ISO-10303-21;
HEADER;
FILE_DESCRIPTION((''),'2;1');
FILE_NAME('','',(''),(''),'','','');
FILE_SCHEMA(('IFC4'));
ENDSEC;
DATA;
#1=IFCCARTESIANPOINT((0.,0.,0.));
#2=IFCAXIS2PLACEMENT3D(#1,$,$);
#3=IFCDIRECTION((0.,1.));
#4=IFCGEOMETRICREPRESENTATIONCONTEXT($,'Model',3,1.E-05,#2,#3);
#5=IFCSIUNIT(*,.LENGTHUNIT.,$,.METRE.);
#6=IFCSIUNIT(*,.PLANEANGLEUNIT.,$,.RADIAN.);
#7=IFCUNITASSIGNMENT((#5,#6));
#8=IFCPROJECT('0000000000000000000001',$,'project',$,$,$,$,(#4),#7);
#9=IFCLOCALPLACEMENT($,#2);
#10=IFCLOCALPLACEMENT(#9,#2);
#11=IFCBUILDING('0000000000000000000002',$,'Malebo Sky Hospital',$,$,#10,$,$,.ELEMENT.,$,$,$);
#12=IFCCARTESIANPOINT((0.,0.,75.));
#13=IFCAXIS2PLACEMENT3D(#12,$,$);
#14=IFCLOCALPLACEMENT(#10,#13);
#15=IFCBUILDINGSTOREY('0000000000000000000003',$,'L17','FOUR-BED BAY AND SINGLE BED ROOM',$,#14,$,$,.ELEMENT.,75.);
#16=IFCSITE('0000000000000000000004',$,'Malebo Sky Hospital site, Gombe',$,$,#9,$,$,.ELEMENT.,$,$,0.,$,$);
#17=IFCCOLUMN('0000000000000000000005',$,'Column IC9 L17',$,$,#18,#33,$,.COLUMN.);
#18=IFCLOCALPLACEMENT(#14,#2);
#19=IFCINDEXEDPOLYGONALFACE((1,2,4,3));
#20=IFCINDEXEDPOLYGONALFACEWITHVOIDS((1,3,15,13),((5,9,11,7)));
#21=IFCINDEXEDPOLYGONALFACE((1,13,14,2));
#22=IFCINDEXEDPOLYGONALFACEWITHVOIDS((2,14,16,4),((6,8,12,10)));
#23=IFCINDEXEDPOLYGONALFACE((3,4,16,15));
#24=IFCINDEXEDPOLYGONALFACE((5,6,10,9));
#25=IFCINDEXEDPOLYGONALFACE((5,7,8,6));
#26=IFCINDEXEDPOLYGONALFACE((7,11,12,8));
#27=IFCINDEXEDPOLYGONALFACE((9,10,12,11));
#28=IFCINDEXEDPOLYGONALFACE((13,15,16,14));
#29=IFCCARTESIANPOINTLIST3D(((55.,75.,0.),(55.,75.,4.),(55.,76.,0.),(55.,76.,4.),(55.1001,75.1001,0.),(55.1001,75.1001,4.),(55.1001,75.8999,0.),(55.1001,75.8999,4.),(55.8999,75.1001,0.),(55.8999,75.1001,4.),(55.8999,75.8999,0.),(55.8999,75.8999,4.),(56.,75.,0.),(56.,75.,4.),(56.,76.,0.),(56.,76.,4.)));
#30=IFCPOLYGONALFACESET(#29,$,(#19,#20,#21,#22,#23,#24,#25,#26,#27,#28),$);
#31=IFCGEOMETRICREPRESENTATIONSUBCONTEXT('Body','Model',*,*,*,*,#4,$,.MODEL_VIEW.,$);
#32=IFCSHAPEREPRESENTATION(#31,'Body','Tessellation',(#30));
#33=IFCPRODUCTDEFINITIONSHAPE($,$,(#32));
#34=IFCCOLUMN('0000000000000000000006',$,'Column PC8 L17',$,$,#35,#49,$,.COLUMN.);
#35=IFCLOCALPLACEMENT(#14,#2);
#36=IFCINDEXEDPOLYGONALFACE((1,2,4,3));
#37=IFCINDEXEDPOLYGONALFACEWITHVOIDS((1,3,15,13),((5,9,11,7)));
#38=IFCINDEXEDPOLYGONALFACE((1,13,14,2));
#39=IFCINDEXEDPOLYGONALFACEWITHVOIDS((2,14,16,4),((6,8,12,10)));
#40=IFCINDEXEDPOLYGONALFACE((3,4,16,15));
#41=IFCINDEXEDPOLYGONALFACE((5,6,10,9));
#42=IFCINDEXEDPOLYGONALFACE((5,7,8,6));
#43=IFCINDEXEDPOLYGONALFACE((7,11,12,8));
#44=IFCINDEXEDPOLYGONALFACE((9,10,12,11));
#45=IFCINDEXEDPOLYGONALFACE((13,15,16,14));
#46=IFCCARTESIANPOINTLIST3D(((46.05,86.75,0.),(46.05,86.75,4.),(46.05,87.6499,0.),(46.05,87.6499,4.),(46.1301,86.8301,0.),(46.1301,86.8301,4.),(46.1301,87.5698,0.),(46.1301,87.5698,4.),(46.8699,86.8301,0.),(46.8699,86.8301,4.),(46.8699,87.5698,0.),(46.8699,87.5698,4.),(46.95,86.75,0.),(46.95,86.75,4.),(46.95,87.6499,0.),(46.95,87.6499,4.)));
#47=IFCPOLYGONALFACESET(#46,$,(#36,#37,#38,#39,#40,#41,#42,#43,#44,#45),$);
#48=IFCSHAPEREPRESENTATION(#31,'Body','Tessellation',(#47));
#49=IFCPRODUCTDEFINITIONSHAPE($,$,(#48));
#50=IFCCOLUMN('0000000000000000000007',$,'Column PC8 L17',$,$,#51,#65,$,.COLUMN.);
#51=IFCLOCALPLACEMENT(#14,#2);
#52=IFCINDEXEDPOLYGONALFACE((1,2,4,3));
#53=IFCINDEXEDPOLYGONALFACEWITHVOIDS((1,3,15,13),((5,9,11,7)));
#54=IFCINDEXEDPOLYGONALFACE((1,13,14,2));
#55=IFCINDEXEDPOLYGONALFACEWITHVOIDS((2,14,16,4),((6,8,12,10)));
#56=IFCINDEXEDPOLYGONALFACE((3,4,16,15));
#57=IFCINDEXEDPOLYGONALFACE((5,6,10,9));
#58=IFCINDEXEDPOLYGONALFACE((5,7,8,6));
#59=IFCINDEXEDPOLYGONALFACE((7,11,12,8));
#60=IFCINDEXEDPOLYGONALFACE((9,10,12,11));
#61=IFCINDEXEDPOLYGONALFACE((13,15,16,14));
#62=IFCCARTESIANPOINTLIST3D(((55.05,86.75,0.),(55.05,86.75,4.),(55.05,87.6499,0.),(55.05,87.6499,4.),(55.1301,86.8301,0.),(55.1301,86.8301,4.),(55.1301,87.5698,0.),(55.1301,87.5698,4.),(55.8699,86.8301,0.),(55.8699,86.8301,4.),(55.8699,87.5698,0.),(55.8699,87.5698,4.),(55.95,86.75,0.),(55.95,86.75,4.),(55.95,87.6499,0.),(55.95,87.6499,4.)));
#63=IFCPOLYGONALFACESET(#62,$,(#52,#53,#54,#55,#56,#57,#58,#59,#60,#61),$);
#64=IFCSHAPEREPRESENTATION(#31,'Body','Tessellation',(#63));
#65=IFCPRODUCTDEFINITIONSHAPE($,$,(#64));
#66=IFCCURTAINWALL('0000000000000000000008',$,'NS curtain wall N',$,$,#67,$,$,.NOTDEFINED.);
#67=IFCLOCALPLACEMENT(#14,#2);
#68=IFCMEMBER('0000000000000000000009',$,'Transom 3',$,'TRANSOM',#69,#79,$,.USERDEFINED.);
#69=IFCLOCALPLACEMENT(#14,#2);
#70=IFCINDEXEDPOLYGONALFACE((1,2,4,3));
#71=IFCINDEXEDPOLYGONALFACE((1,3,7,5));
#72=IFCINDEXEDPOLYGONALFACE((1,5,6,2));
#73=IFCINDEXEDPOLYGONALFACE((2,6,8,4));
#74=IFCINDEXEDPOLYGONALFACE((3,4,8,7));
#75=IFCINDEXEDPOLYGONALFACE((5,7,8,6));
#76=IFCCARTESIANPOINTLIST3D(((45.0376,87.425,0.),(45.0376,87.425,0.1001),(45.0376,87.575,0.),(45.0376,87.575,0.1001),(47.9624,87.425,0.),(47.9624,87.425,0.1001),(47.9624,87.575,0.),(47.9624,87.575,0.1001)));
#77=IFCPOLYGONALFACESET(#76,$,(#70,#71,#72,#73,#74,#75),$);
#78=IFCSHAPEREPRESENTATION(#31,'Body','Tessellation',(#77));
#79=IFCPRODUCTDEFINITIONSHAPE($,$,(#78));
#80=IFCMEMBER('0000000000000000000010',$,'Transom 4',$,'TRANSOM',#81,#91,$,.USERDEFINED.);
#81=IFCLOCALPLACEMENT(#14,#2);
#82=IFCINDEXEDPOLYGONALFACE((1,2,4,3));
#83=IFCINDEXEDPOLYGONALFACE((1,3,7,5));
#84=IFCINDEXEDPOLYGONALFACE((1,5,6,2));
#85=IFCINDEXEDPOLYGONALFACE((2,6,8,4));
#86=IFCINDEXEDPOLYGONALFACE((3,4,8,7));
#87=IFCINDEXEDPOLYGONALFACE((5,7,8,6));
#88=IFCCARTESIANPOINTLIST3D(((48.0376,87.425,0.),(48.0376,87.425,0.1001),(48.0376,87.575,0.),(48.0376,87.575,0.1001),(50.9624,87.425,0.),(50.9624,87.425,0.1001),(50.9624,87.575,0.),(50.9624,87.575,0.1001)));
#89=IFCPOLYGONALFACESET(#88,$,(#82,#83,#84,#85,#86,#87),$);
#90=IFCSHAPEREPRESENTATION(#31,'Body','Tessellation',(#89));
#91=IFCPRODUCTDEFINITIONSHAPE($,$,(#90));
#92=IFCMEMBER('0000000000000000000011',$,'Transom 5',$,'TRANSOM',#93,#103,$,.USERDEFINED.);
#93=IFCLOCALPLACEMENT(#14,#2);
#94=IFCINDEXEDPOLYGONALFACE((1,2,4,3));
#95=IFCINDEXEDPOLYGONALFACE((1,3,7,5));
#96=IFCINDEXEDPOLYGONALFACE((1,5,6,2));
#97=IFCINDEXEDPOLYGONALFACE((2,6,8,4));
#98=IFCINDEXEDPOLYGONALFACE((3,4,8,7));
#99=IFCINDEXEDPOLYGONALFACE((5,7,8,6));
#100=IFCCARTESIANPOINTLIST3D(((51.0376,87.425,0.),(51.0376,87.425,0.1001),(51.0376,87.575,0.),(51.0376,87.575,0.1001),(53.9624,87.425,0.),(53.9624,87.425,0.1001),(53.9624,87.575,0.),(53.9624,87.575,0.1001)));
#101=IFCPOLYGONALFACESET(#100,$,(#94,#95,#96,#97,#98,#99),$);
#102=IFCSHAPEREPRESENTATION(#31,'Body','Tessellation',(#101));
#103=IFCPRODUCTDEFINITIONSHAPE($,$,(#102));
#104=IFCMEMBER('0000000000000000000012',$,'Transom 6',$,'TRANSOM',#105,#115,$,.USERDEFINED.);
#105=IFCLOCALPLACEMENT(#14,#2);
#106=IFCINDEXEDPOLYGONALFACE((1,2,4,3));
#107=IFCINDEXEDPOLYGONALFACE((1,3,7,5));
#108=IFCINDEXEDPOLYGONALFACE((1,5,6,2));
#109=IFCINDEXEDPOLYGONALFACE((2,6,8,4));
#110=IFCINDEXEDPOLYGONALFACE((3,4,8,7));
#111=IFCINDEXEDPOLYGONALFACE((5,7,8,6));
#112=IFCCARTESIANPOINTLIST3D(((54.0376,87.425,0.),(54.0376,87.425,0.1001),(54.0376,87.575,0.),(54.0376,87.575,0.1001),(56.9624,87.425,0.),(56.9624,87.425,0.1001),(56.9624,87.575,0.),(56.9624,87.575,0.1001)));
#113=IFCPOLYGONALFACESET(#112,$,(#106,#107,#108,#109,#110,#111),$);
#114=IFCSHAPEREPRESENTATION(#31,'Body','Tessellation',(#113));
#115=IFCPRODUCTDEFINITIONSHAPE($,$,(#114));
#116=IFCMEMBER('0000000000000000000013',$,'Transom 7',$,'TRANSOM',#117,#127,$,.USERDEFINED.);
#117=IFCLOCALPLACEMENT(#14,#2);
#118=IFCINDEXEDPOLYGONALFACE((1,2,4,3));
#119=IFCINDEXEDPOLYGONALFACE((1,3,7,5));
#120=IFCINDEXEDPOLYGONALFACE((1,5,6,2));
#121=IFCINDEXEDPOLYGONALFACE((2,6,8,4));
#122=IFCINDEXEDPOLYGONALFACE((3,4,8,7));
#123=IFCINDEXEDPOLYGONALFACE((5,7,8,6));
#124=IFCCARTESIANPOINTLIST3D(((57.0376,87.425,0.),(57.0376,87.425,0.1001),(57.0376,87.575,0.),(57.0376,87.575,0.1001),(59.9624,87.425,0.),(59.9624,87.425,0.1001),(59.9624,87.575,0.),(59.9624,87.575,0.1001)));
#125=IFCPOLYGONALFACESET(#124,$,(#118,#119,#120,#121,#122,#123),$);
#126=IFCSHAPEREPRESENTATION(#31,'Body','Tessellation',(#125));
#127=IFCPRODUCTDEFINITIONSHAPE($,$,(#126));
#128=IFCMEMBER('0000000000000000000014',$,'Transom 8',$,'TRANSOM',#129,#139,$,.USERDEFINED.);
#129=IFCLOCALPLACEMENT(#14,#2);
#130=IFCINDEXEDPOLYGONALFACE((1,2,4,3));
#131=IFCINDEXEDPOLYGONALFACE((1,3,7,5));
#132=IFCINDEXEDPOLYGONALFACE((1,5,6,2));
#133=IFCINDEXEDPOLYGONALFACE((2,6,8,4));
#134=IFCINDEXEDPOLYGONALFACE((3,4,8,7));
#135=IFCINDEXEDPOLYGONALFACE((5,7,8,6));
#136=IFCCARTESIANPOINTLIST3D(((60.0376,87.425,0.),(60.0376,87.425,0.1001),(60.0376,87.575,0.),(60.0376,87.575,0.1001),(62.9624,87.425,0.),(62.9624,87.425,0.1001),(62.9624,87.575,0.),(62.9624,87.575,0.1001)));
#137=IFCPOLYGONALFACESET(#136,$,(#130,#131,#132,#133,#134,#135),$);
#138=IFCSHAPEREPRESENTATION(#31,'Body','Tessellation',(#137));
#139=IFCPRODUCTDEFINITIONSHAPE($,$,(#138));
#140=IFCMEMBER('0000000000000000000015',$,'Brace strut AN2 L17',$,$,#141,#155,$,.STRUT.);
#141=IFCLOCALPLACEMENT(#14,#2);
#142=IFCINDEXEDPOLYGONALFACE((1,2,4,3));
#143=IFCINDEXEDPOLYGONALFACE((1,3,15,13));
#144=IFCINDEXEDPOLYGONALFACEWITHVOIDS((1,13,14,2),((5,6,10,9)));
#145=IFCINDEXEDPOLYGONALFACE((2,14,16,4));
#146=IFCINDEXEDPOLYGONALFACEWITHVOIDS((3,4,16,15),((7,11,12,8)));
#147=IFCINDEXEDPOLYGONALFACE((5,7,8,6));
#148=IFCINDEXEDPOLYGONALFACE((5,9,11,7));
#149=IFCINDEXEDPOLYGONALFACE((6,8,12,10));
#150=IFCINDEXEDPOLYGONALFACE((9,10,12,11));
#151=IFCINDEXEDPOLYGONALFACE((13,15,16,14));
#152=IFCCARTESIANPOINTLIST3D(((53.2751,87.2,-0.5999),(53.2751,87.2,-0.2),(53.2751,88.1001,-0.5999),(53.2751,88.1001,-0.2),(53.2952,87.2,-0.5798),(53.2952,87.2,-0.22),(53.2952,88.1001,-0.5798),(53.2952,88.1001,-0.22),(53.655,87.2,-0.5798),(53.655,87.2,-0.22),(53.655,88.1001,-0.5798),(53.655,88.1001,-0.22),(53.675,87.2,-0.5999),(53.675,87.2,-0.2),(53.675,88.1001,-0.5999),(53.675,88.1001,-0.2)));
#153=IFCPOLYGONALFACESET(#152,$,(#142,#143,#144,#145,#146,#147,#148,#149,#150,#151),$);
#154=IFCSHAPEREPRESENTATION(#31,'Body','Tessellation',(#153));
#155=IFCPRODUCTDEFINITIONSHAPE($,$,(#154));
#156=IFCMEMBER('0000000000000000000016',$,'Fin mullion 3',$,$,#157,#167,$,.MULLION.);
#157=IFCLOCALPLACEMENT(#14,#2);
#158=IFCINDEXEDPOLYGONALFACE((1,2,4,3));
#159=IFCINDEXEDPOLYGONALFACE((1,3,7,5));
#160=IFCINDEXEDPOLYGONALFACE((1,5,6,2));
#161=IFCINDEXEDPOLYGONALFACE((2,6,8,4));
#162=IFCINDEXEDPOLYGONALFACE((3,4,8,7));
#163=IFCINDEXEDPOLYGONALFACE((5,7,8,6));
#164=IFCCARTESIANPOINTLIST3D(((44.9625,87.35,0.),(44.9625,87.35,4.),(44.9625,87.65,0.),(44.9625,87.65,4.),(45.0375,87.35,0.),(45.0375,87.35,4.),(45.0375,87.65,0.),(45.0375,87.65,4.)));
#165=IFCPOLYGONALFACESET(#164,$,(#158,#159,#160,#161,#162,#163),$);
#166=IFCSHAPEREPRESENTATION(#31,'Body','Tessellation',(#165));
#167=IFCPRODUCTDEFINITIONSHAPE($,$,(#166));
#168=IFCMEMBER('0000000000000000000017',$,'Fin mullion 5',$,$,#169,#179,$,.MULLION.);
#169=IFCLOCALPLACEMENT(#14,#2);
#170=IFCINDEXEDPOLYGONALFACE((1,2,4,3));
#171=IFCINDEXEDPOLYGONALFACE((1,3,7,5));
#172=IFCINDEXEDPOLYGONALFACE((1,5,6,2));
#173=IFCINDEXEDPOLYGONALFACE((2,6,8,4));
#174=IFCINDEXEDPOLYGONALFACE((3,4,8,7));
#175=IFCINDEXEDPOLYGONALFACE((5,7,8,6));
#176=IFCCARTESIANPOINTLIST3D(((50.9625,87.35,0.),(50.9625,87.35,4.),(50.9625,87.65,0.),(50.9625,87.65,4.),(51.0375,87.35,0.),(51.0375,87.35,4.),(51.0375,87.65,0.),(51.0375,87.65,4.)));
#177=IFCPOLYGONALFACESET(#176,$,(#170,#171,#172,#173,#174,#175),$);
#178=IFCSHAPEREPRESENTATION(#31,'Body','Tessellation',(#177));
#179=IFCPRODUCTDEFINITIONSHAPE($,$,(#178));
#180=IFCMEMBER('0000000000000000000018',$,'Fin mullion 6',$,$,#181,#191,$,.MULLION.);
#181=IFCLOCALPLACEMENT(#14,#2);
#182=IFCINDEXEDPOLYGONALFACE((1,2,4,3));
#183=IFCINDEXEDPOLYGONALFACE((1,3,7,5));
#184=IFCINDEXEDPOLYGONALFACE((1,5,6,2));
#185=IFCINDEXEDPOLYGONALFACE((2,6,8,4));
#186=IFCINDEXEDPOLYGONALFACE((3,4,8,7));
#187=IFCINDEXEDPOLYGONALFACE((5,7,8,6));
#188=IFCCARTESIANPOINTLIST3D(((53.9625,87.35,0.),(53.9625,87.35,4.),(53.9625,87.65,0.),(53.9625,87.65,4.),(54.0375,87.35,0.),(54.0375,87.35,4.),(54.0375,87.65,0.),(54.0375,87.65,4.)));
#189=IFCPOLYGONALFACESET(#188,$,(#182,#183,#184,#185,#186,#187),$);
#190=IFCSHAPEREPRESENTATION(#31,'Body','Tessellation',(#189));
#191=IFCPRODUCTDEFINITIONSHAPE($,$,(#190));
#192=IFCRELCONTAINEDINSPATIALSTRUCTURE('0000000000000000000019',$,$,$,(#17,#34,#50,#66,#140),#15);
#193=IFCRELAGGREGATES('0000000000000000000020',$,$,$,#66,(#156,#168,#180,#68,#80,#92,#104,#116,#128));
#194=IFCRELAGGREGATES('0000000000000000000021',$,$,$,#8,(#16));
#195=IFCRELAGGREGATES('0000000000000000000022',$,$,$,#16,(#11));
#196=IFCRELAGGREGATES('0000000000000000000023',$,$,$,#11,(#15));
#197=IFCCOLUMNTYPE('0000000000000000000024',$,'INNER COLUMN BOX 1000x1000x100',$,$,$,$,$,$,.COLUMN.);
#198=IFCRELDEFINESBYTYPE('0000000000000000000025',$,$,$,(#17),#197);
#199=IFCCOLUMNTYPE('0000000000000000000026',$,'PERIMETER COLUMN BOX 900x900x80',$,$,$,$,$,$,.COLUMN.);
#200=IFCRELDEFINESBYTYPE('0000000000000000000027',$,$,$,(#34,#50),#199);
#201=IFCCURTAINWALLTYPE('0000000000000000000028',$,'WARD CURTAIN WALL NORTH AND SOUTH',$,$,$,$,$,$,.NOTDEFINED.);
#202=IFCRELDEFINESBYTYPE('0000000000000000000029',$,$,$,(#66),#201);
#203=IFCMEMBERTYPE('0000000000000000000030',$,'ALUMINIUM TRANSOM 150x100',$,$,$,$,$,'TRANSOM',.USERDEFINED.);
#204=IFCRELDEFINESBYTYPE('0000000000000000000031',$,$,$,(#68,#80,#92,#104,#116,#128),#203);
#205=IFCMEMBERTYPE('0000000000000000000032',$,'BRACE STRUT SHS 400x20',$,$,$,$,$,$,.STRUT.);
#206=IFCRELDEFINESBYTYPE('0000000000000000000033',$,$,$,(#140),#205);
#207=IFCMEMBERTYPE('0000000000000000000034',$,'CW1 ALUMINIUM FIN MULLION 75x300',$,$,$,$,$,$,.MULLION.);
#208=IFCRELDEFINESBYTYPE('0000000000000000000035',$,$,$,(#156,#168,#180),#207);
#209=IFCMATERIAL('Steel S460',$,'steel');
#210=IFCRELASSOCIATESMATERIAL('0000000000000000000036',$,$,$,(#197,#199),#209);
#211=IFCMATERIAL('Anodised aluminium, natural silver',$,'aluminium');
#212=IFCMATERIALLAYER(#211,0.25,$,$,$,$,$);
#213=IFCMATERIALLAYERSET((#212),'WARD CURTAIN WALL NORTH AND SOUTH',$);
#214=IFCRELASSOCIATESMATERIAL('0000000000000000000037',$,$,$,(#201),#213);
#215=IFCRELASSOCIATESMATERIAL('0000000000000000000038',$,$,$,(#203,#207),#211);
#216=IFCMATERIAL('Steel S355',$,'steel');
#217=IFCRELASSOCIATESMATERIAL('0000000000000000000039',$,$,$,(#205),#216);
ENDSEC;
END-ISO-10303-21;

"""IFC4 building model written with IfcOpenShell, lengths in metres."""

from ifc_helpers import new_model, si_unit, direction, frame, origin, origin_2d, place, context, subcontext, project, spatial, rectangle, hollow_rectangle, extrude, material, layer, layer_set, material_profile, profile_set, type_object, element, aggregate, save


model = new_model("IFC4")

# Units and contexts
model_context = context("Model", 3, precision=1e-05, world=origin(), true_north=direction((0.0, 1.0)))
body_context = subcontext(model_context, "Body", "Model", "MODEL_VIEW")
ifc_project = project(units=[si_unit("LENGTHUNIT", "METRE"), si_unit("PLANEANGLEUNIT", "RADIAN")], contexts=[model_context])

# Site, building, storey
site_placement = place(None, origin())
site = spatial("IfcSite", under=ifc_project, at=site_placement, Name="Malebo Sky Hospital site, Gombe", CompositionType="ELEMENT", RefElevation=0.0)
building_placement = place(site_placement, origin())
building = spatial("IfcBuilding", under=site, at=building_placement, Name="Malebo Sky Hospital", CompositionType="ELEMENT")
storey_placement = place(building_placement, frame((0.0, 0.0, 75.0)))
storey = spatial("IfcBuildingStorey", under=building, at=storey_placement, Name="L17", Description="FOUR-BED BAY AND SINGLE BED ROOM", CompositionType="ELEMENT", Elevation=75.0)

# Columns
ifc_material_1 = material(Name="Steel S460", Category="steel")
ifc_material_profile_1 = material_profile(ifc_material_1, hollow_rectangle(XDim=1.0, YDim=1.0, WallThickness=0.1001, at=origin_2d()), Name="BOX 1000x1000x100")
ifc_profile_set_1 = profile_set([ifc_material_profile_1], Name="Steel S460")
column_type_1 = type_object("IfcColumnType", Name="INNER COLUMN BOX 1000x1000x100", PredefinedType="COLUMN", material=ifc_profile_set_1)
column_placement = place(storey_placement, frame((55.5, 75.5, 0.0), z_axis=(0.0, 0.0, 1.0), x_axis=(1.0, 0.0, 0.0)))
element("IfcColumn", 1, at=column_placement, inside=storey, type_object=column_type_1, Name="Column IC9 L17", PredefinedType="COLUMN", context=body_context, shape_type="SweptSolid", body=[
    extrude(hollow_rectangle(XDim=1.0, YDim=1.0, WallThickness=0.1001, at=origin_2d()), origin(), (0.0, 0.0, 1.0), 4.0),
])
ifc_material_profile_2 = material_profile(ifc_material_1, hollow_rectangle(XDim=0.8999, YDim=0.8999, WallThickness=0.0801, at=origin_2d()), Name="BOX 900x900x80")
ifc_profile_set_2 = profile_set([ifc_material_profile_2], Name="Steel S460")
column_type_2 = type_object("IfcColumnType", Name="PERIMETER COLUMN BOX 900x900x80", PredefinedType="COLUMN", material=ifc_profile_set_2)
for number, where, z_axis, x_axis, name in (
    (2, (46.5, 87.2, 0.0), (0.0, 0.0, 1.0), (1.0, 0.0, 0.0), "Column PC8 L17"),
    (3, (55.5, 87.2, 0.0), (0.0, 0.0, 1.0), (1.0, 0.0, 0.0), "Column PC8 L17"),
):
    element("IfcColumn", number, at=place(storey_placement, frame(where, z_axis=z_axis, x_axis=x_axis)), inside=storey, type_object=column_type_2, Name=name, PredefinedType="COLUMN", context=body_context, shape_type="SweptSolid", body=[
        extrude(hollow_rectangle(XDim=0.8999, YDim=0.8999, WallThickness=0.0801, at=origin_2d()), origin(), (0.0, 0.0, 1.0), 4.0),
    ])

# Curtain wall, members
ifc_material_2 = material(Name="Anodised aluminium, natural silver", Category="aluminium")
ifc_layer_1 = layer(ifc_material_2, 0.25)
ifc_layer_set_1 = layer_set([ifc_layer_1], Name="WARD CURTAIN WALL NORTH AND SOUTH")
curtain_wall_type = type_object("IfcCurtainWallType", Name="WARD CURTAIN WALL NORTH AND SOUTH", PredefinedType="NOTDEFINED", material=ifc_layer_set_1)
curtain_wall_placement = place(storey_placement, origin())
curtain_wall = element("IfcCurtainWall", 4, at=curtain_wall_placement, inside=storey, type_object=curtain_wall_type, Name="NS curtain wall N", PredefinedType="NOTDEFINED")
ifc_material_profile_3 = material_profile(ifc_material_2, rectangle(XDim=0.1499, YDim=0.1001, at=origin_2d()), Name="ALUMINIUM TRANSOM 150x100")
ifc_profile_set_3 = profile_set([ifc_material_profile_3], Name="Anodised aluminium, natural silver")
member_type_1 = type_object("IfcMemberType", Name="ALUMINIUM TRANSOM 150x100", ElementType="TRANSOM", PredefinedType="USERDEFINED", material=ifc_profile_set_3)
member_1_placement = place(storey_placement, frame((45.0376, 87.5, 0.05), z_axis=(1.0, 0.0, 0.0), x_axis=(0.0, 1.0, 0.0)))
member_1 = element("IfcMember", 5, at=member_1_placement, type_object=member_type_1, Name="Transom 3", ObjectType="TRANSOM", PredefinedType="USERDEFINED", context=body_context, shape_type="SweptSolid", body=[
    extrude(rectangle(XDim=0.1499, YDim=0.1001, at=origin_2d()), origin(), (0.0, 0.0, 1.0), 2.9248),
])
member_2_placement = place(storey_placement, frame((48.0376, 87.5, 0.05), z_axis=(1.0, 0.0, 0.0), x_axis=(0.0, 1.0, 0.0)))
member_2 = element("IfcMember", 6, at=member_2_placement, type_object=member_type_1, Name="Transom 4", ObjectType="TRANSOM", PredefinedType="USERDEFINED", context=body_context, shape_type="SweptSolid", body=[
    extrude(rectangle(XDim=0.1499, YDim=0.1001, at=origin_2d()), origin(), (0.0, 0.0, 1.0), 2.9248),
])
member_3_placement = place(storey_placement, frame((51.0376, 87.5, 0.05), z_axis=(1.0, 0.0, 0.0), x_axis=(0.0, 1.0, 0.0)))
member_3 = element("IfcMember", 7, at=member_3_placement, type_object=member_type_1, Name="Transom 5", ObjectType="TRANSOM", PredefinedType="USERDEFINED", context=body_context, shape_type="SweptSolid", body=[
    extrude(rectangle(XDim=0.1499, YDim=0.1001, at=origin_2d()), origin(), (0.0, 0.0, 1.0), 2.9248),
])
member_4_placement = place(storey_placement, frame((54.0376, 87.5, 0.05), z_axis=(1.0, 0.0, 0.0), x_axis=(0.0, 1.0, 0.0)))
member_4 = element("IfcMember", 8, at=member_4_placement, type_object=member_type_1, Name="Transom 6", ObjectType="TRANSOM", PredefinedType="USERDEFINED", context=body_context, shape_type="SweptSolid", body=[
    extrude(rectangle(XDim=0.1499, YDim=0.1001, at=origin_2d()), origin(), (0.0, 0.0, 1.0), 2.9248),
])
member_5_placement = place(storey_placement, frame((57.0376, 87.5, 0.05), z_axis=(1.0, 0.0, 0.0), x_axis=(0.0, 1.0, 0.0)))
member_5 = element("IfcMember", 9, at=member_5_placement, type_object=member_type_1, Name="Transom 7", ObjectType="TRANSOM", PredefinedType="USERDEFINED", context=body_context, shape_type="SweptSolid", body=[
    extrude(rectangle(XDim=0.1499, YDim=0.1001, at=origin_2d()), origin(), (0.0, 0.0, 1.0), 2.9248),
])
member_6_placement = place(storey_placement, frame((60.0376, 87.5, 0.05), z_axis=(1.0, 0.0, 0.0), x_axis=(0.0, 1.0, 0.0)))
member_6 = element("IfcMember", 10, at=member_6_placement, type_object=member_type_1, Name="Transom 8", ObjectType="TRANSOM", PredefinedType="USERDEFINED", context=body_context, shape_type="SweptSolid", body=[
    extrude(rectangle(XDim=0.1499, YDim=0.1001, at=origin_2d()), origin(), (0.0, 0.0, 1.0), 2.9248),
])

# Members
ifc_material_3 = material(Name="Steel S355", Category="steel")
ifc_material_profile_4 = material_profile(ifc_material_3, hollow_rectangle(XDim=0.3999, YDim=0.3999, WallThickness=0.02, at=origin_2d()), Name="SHS 400x20")
ifc_profile_set_4 = profile_set([ifc_material_profile_4], Name="Steel S355")
member_type_2 = type_object("IfcMemberType", Name="BRACE STRUT SHS 400x20", PredefinedType="STRUT", material=ifc_profile_set_4)
member_7_placement = place(storey_placement, frame((53.4751, 88.1001, -0.3999), z_axis=(0.0, -1.0, 0.0), x_axis=(1.0, 0.0, 0.0)))
element("IfcMember", 11, at=member_7_placement, inside=storey, type_object=member_type_2, Name="Brace strut AN2 L17", PredefinedType="STRUT", context=body_context, shape_type="SweptSolid", body=[
    extrude(hollow_rectangle(XDim=0.3999, YDim=0.3999, WallThickness=0.02, at=origin_2d()), origin(), (0.0, 0.0, 1.0), 0.9001),
])
ifc_material_profile_5 = material_profile(ifc_material_2, rectangle(XDim=0.075, YDim=0.3, at=origin_2d()), Name="CW1 ALUMINIUM FIN MULLION 75x300")
ifc_profile_set_5 = profile_set([ifc_material_profile_5], Name="Anodised aluminium, natural silver")
member_type_3 = type_object("IfcMemberType", Name="CW1 ALUMINIUM FIN MULLION 75x300", PredefinedType="MULLION", material=ifc_profile_set_5)
member_8_placement = place(storey_placement, frame((45.0, 87.5, 0.0), z_axis=(0.0, 0.0, 1.0), x_axis=(1.0, 0.0, 0.0)))
member_8 = element("IfcMember", 12, at=member_8_placement, type_object=member_type_3, Name="Fin mullion 3", PredefinedType="MULLION", context=body_context, shape_type="SweptSolid", body=[
    extrude(rectangle(XDim=0.075, YDim=0.3, at=origin_2d()), origin(), (0.0, 0.0, 1.0), 4.0),
])
member_9_placement = place(storey_placement, frame((51.0, 87.5, 0.0), z_axis=(0.0, 0.0, 1.0), x_axis=(1.0, 0.0, 0.0)))
member_9 = element("IfcMember", 13, at=member_9_placement, type_object=member_type_3, Name="Fin mullion 5", PredefinedType="MULLION", context=body_context, shape_type="SweptSolid", body=[
    extrude(rectangle(XDim=0.075, YDim=0.3, at=origin_2d()), origin(), (0.0, 0.0, 1.0), 4.0),
])
member_10_placement = place(storey_placement, frame((54.0, 87.5, 0.0), z_axis=(0.0, 0.0, 1.0), x_axis=(1.0, 0.0, 0.0)))
member_10 = element("IfcMember", 14, at=member_10_placement, type_object=member_type_3, Name="Fin mullion 6", PredefinedType="MULLION", context=body_context, shape_type="SweptSolid", body=[
    extrude(rectangle(XDim=0.075, YDim=0.3, at=origin_2d()), origin(), (0.0, 0.0, 1.0), 4.0),
])

aggregate(curtain_wall, [member_8, member_9, member_10, member_1, member_2, member_3, member_4, member_5, member_6])

save(model, "model.ifc")
